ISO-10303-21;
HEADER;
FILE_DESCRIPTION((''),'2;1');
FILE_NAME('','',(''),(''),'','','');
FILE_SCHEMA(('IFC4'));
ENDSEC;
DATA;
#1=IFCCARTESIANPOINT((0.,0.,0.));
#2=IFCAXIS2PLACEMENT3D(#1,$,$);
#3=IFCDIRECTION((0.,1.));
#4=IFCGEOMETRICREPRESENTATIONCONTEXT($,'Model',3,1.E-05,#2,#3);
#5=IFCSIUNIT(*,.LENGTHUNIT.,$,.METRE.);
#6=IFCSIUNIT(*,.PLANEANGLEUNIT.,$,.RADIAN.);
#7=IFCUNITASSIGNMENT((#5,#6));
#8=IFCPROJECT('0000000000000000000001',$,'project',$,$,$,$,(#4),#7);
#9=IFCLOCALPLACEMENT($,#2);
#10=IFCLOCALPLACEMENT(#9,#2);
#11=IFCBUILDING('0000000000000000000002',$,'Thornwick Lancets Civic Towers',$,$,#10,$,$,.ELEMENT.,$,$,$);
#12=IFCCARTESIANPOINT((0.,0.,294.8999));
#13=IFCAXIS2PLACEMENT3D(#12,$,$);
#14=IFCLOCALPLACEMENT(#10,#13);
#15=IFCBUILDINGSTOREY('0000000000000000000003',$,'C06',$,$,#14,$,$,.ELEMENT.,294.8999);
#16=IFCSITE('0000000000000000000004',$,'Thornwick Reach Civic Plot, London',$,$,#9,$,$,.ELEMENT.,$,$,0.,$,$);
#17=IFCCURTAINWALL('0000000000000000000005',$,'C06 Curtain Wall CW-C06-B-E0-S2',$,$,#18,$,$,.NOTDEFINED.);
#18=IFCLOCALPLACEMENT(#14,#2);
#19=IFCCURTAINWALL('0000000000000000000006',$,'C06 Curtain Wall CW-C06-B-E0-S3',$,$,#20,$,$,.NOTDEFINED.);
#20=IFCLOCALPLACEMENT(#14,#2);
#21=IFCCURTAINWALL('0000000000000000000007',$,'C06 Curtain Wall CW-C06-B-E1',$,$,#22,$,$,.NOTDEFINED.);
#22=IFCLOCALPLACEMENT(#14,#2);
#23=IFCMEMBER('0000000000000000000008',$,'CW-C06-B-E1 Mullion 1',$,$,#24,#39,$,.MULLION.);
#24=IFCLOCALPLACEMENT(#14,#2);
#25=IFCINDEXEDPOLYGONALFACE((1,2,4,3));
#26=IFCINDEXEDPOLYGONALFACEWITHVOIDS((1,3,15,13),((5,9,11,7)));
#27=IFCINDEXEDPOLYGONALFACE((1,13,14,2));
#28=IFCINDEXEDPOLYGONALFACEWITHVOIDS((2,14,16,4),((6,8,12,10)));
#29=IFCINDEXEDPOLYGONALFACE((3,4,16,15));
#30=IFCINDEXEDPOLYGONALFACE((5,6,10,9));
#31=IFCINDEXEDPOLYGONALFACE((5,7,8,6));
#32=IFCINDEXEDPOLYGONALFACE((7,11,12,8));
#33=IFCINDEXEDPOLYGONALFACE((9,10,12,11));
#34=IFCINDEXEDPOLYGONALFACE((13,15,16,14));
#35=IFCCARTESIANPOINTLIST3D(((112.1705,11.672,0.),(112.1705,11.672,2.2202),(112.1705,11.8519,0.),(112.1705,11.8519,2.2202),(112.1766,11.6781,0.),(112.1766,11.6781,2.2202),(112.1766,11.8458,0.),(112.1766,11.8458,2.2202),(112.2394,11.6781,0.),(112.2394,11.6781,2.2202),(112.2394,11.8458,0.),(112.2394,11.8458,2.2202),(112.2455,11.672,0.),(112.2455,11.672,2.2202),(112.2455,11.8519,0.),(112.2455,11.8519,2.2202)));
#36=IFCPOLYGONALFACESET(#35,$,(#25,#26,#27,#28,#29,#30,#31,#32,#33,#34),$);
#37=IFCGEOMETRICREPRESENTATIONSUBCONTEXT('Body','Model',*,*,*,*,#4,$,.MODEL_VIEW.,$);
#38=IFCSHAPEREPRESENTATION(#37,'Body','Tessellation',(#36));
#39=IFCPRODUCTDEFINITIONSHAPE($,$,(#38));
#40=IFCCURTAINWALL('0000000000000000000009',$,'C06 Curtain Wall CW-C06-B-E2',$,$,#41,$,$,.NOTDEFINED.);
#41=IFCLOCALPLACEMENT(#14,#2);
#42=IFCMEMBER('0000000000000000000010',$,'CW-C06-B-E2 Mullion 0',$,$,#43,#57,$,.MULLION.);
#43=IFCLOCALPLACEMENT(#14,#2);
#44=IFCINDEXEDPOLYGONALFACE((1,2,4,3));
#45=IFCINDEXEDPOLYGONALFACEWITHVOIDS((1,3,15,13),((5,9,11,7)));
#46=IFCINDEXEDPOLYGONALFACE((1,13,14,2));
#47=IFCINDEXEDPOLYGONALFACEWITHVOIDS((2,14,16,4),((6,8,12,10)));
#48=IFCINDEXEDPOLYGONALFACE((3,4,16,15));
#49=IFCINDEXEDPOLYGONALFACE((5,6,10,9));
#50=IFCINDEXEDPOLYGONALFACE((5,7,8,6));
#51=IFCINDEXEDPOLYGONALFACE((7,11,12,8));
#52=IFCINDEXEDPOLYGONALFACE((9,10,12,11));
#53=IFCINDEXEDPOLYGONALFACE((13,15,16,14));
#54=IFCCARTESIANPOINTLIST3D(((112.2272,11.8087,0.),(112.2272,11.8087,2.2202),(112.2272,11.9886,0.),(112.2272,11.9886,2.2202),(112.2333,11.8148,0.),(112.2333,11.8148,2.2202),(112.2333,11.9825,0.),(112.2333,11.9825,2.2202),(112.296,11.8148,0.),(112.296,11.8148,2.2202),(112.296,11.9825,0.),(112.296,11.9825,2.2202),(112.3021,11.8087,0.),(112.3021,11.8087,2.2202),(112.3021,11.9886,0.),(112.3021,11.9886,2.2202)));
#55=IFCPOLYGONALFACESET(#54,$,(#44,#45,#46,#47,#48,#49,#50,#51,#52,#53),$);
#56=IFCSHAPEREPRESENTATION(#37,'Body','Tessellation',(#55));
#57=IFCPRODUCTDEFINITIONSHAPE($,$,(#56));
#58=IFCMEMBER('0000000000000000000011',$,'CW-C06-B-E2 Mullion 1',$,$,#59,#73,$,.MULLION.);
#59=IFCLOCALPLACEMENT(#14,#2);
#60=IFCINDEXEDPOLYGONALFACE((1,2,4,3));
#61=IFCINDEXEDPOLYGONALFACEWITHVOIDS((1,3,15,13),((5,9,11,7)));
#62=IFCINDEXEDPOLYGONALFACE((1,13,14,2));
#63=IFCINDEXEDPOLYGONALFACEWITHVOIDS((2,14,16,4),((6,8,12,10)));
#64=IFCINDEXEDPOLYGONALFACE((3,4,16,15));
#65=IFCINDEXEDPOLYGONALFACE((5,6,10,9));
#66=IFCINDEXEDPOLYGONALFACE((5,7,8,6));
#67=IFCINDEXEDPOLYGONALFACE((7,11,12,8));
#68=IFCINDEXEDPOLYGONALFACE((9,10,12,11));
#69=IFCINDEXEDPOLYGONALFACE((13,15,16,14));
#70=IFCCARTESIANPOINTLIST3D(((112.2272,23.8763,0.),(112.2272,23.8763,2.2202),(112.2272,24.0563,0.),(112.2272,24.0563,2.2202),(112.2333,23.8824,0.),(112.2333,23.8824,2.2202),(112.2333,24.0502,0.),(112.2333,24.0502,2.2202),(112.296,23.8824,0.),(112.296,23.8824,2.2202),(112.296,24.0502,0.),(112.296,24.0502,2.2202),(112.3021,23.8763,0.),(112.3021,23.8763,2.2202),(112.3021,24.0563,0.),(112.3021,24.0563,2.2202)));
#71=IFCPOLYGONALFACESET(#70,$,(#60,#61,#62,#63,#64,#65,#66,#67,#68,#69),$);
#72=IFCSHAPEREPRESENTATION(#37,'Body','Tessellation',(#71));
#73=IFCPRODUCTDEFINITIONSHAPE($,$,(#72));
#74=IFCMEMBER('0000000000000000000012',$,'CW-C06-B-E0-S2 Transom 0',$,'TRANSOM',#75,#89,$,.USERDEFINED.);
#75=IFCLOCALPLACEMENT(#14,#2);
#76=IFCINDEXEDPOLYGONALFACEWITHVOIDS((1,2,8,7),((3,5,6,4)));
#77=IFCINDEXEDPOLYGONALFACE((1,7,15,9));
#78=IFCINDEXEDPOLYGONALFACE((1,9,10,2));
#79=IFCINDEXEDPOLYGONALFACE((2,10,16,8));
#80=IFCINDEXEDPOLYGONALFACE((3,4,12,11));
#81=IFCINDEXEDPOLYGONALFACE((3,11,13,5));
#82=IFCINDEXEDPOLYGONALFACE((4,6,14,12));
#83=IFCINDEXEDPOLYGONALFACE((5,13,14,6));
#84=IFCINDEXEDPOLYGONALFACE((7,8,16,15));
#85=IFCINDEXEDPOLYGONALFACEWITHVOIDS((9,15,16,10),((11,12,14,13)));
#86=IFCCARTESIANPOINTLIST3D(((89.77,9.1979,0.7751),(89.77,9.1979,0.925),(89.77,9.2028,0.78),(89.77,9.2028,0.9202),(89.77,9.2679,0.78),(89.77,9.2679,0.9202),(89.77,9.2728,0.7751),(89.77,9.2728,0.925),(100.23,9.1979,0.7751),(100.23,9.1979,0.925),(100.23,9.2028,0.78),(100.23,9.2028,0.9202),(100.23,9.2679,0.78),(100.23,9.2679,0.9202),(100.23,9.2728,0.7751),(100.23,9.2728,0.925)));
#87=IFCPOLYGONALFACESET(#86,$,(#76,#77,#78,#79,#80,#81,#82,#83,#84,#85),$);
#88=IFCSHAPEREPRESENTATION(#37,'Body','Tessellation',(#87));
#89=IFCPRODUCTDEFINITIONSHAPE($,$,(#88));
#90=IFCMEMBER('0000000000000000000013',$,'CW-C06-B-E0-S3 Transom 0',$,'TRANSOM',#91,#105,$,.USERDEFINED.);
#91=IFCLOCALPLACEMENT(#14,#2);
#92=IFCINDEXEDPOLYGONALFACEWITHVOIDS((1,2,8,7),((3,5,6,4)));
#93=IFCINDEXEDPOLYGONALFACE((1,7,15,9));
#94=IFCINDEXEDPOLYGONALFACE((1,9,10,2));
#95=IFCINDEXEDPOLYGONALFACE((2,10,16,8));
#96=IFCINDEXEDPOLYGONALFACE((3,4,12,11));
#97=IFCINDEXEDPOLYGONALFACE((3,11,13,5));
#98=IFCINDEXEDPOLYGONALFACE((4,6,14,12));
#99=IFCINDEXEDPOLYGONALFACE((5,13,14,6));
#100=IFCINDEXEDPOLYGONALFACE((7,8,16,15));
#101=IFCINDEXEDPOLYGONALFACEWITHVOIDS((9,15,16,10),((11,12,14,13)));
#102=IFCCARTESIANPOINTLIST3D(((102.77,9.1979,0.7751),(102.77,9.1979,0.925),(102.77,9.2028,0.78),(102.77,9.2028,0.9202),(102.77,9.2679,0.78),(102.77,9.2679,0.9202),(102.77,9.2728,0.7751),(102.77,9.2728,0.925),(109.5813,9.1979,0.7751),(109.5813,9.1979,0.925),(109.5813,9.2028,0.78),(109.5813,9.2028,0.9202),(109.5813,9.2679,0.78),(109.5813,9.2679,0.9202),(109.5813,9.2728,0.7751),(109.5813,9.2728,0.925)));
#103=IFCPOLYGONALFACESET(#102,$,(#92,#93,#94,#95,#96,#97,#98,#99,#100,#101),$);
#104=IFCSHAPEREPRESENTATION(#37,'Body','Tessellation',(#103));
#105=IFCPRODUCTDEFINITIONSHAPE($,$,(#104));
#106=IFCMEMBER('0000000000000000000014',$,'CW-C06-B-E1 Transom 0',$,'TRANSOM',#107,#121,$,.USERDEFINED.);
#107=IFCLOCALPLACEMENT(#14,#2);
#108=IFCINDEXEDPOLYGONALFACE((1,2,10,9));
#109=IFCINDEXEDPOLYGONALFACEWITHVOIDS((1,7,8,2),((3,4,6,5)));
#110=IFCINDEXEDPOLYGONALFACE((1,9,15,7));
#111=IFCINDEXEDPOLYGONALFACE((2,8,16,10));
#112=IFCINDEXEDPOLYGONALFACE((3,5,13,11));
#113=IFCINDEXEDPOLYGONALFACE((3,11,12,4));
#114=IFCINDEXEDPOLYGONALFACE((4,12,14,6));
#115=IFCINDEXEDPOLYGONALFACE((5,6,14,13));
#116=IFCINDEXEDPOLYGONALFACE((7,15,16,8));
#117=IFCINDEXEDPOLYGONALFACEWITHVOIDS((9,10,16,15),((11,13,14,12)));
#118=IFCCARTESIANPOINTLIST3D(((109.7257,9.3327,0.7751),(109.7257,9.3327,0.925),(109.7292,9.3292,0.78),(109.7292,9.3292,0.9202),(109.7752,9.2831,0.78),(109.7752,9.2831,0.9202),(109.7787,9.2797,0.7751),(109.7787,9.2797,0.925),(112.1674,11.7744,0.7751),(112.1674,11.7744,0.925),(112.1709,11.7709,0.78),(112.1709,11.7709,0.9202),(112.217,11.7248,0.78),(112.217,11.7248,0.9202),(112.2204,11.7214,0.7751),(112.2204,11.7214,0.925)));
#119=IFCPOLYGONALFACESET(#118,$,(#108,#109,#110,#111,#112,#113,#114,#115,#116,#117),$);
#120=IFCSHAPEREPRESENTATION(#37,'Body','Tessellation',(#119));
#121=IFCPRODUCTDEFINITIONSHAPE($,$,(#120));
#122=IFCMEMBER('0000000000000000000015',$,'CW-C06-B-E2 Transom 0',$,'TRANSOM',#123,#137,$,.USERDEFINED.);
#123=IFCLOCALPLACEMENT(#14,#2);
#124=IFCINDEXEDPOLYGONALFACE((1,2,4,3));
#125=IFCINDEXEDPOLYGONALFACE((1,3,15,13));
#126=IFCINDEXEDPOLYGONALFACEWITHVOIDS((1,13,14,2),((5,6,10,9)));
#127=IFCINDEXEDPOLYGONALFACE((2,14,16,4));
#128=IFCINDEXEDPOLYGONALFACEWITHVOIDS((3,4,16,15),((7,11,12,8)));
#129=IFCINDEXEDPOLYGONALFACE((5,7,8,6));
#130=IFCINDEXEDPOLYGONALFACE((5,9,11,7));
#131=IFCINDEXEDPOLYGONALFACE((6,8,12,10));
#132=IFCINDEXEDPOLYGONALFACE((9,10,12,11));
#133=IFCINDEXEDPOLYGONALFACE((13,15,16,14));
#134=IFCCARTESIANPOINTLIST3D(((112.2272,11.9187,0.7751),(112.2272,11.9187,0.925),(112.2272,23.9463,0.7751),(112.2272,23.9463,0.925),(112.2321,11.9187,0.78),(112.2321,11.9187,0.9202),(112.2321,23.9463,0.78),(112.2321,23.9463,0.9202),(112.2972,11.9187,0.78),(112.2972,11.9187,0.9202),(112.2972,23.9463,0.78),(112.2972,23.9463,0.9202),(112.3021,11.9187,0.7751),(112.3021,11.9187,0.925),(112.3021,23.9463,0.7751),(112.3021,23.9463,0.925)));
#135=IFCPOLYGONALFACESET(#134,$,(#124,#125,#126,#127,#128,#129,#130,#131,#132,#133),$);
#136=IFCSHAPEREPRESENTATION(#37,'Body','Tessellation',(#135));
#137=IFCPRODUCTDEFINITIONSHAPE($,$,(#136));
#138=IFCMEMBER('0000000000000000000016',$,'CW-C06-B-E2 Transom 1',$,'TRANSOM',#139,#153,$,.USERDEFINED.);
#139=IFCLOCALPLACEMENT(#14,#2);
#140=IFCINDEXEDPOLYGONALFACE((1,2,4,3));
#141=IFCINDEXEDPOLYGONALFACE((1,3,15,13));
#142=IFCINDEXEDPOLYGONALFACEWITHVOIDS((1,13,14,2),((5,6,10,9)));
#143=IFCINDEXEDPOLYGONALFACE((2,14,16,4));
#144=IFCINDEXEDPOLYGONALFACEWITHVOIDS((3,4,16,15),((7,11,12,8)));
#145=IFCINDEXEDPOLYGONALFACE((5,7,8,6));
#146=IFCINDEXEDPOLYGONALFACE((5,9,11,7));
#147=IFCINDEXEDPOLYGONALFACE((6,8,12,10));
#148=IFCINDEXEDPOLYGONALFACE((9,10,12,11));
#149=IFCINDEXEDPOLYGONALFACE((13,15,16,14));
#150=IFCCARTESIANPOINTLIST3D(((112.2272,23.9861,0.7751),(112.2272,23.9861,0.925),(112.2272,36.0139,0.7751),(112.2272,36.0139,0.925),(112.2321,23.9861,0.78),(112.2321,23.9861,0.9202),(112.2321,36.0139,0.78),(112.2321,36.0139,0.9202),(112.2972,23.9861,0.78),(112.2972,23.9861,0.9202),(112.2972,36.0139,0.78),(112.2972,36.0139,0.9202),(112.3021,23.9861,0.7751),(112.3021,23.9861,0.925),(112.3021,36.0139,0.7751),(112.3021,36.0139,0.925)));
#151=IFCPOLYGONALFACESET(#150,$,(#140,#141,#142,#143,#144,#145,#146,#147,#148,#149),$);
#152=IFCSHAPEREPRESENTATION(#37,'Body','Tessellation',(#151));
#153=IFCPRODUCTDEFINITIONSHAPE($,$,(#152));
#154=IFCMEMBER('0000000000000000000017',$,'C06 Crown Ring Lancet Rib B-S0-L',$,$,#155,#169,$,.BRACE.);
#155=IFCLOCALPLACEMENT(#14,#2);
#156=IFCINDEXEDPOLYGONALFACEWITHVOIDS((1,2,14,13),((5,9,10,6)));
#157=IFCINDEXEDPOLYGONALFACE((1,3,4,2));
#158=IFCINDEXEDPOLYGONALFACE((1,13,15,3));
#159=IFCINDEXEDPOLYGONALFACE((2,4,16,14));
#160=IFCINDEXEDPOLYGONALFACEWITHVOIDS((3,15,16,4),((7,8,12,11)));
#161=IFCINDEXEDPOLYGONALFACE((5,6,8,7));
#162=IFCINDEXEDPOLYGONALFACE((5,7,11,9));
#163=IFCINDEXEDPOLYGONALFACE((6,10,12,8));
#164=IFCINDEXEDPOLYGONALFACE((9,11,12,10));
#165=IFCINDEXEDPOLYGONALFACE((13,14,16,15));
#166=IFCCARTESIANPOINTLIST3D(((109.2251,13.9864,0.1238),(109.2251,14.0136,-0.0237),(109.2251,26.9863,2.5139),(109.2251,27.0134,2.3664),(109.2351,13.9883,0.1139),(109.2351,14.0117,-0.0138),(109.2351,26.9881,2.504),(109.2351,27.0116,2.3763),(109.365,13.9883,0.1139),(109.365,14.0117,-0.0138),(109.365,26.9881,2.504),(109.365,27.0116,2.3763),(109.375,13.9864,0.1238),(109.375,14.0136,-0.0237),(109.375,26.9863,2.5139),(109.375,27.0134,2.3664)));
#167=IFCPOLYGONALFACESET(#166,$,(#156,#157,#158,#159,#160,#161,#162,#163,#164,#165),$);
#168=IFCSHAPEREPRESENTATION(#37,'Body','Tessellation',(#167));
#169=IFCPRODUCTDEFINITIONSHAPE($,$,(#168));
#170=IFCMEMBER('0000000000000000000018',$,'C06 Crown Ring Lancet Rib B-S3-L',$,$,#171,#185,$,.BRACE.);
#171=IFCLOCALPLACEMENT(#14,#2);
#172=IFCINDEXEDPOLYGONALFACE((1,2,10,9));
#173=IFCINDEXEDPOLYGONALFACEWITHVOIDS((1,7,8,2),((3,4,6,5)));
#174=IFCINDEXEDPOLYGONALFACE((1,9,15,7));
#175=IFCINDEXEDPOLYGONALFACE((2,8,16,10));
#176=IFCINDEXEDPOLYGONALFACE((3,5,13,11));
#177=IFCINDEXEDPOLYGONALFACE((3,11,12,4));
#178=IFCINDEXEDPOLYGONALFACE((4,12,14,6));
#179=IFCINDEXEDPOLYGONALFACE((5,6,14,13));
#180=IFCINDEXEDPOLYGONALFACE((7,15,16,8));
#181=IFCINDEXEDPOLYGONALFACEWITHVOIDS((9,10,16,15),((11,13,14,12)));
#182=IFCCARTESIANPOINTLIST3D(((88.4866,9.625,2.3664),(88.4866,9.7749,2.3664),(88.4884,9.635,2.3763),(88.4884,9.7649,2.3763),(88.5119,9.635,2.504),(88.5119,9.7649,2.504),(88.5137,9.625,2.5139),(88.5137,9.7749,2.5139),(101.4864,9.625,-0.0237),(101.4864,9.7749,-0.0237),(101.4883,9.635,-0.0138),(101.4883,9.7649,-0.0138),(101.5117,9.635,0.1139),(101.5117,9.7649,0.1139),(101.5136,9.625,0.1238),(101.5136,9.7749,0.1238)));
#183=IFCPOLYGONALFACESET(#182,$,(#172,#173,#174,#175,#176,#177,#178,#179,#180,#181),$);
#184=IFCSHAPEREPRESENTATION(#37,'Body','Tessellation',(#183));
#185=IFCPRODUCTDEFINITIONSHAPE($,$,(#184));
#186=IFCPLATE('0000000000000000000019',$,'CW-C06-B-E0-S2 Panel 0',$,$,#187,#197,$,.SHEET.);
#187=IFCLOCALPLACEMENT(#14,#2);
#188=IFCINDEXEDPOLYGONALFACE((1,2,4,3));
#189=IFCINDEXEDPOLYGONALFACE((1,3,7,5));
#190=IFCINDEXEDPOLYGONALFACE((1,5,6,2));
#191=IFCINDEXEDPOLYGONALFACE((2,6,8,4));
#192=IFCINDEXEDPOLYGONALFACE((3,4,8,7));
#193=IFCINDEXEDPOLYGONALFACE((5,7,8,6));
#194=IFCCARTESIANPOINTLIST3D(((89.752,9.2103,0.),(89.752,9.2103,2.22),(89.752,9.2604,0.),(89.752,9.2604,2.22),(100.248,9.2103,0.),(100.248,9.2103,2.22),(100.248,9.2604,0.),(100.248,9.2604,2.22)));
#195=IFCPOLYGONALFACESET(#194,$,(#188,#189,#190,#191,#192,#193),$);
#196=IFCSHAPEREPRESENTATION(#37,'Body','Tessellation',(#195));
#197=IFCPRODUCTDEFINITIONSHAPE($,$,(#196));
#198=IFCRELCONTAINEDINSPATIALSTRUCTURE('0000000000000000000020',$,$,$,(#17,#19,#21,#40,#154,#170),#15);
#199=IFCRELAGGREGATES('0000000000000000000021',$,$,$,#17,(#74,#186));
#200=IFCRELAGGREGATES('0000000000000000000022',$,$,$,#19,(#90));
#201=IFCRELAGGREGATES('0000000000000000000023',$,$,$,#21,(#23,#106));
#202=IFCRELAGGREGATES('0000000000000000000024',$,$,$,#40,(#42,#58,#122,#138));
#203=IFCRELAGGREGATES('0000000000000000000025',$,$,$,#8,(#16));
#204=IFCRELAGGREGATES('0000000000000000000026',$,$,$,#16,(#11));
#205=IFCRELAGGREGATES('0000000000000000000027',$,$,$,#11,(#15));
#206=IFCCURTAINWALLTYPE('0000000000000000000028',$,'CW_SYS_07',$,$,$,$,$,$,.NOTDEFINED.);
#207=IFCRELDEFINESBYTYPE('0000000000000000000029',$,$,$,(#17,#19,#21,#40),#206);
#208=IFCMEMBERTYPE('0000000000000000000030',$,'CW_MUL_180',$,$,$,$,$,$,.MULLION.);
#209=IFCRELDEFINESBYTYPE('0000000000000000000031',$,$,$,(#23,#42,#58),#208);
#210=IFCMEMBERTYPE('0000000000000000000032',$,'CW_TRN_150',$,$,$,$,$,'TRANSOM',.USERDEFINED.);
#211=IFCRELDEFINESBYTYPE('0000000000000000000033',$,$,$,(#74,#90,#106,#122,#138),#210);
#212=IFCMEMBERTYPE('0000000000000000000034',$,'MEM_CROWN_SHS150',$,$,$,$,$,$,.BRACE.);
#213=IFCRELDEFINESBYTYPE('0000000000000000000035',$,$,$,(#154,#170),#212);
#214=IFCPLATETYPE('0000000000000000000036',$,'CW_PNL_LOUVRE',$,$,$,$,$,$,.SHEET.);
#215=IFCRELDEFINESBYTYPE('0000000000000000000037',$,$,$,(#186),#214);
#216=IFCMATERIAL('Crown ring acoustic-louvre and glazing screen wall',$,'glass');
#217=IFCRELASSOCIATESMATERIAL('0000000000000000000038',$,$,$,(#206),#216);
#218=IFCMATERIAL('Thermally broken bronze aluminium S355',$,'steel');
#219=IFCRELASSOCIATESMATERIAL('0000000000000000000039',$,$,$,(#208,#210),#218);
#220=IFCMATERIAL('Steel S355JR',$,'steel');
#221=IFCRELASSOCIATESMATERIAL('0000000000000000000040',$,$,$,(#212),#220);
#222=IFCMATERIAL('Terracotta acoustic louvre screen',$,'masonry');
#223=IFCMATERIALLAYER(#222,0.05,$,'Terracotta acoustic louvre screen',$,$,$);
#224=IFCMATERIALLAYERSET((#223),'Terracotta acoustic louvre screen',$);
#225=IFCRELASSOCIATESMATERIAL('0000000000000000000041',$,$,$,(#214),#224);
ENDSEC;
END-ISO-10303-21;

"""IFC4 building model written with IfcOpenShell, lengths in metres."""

from ifc_helpers import new_model, si_unit, direction, frame, origin, origin_2d, place, context, subcontext, project, spatial, rectangle, hollow_rectangle, extrude, material, layer, layer_set, material_profile, profile_set, type_object, element, aggregate, save


model = new_model("IFC4")

# Units and contexts
model_context = context("Model", 3, precision=1e-05, world=origin(), true_north=direction((0.0, 1.0)))
body_context = subcontext(model_context, "Body", "Model", "MODEL_VIEW")
ifc_project = project(units=[si_unit("LENGTHUNIT", "METRE"), si_unit("PLANEANGLEUNIT", "RADIAN")], contexts=[model_context])

# Site, building, storey
site_placement = place(None, origin())
site = spatial("IfcSite", under=ifc_project, at=site_placement, Name="Thornwick Reach Civic Plot, London", CompositionType="ELEMENT", RefElevation=0.0)
building_placement = place(site_placement, origin())
building = spatial("IfcBuilding", under=site, at=building_placement, Name="Thornwick Lancets Civic Towers", CompositionType="ELEMENT")
storey_placement = place(building_placement, frame((0.0, 0.0, 294.8999)))
storey = spatial("IfcBuildingStorey", under=building, at=storey_placement, Name="C06", CompositionType="ELEMENT", Elevation=294.8999)

# Shared definitions
ifc_material_1 = material(Name="Steel S355JR", Category="steel")

# Curtain walls, members
ifc_material_2 = material(Name="Crown ring acoustic-louvre and glazing screen wall", Category="glass")
curtain_wall_type = type_object("IfcCurtainWallType", Name="CW_SYS_07", PredefinedType="NOTDEFINED", material=ifc_material_2)
curtain_wall_1_placement = place(storey_placement, origin())
curtain_wall_1 = element("IfcCurtainWall", 1, at=curtain_wall_1_placement, inside=storey, type_object=curtain_wall_type, Name="C06 Curtain Wall CW-C06-B-E0-S2", PredefinedType="NOTDEFINED")
ifc_material_3 = material(Name="Thermally broken bronze aluminium S355", Category="steel")
ifc_material_profile_1 = material_profile(ifc_material_3, hollow_rectangle(XDim=0.075, YDim=0.1799, WallThickness=0.0061, at=origin_2d()), Name="RHS 180x75x6")
ifc_profile_set_1 = profile_set([ifc_material_profile_1], Name="Thermally broken bronze aluminium S355")
member_type_1 = type_object("IfcMemberType", Name="CW_MUL_180", PredefinedType="MULLION", material=ifc_profile_set_1)
curtain_wall_2_placement = place(storey_placement, origin())
curtain_wall_2 = element("IfcCurtainWall", 2, at=curtain_wall_2_placement, inside=storey, type_object=curtain_wall_type, Name="C06 Curtain Wall CW-C06-B-E0-S3", PredefinedType="NOTDEFINED")
curtain_wall_3_placement = place(storey_placement, origin())
curtain_wall_3 = element("IfcCurtainWall", 3, at=curtain_wall_3_placement, inside=storey, type_object=curtain_wall_type, Name="C06 Curtain Wall CW-C06-B-E1", PredefinedType="NOTDEFINED")
member_1_placement = place(storey_placement, frame((112.208, 11.762, 0.0), z_axis=(0.0, 0.0, 1.0), x_axis=(1.0, 0.0, 0.0)))
member_1 = element("IfcMember", 4, at=member_1_placement, type_object=member_type_1, Name="CW-C06-B-E1 Mullion 1", PredefinedType="MULLION", context=body_context, shape_type="SweptSolid", body=[
    extrude(hollow_rectangle(XDim=0.075, YDim=0.1799, WallThickness=0.0061, at=origin_2d()), origin(), (0.0, 0.0, 1.0), 2.2202),
])
curtain_wall_4_placement = place(storey_placement, origin())
curtain_wall_4 = element("IfcCurtainWall", 5, at=curtain_wall_4_placement, inside=storey, type_object=curtain_wall_type, Name="C06 Curtain Wall CW-C06-B-E2", PredefinedType="NOTDEFINED")
member_2_placement = place(storey_placement, frame((112.2646, 11.8987, 0.0), z_axis=(0.0, 0.0, 1.0), x_axis=(1.0, 0.0, 0.0)))
member_2 = element("IfcMember", 6, at=member_2_placement, type_object=member_type_1, Name="CW-C06-B-E2 Mullion 0", PredefinedType="MULLION", context=body_context, shape_type="SweptSolid", body=[
    extrude(hollow_rectangle(XDim=0.075, YDim=0.1799, WallThickness=0.0061, at=origin_2d()), origin(), (0.0, 0.0, 1.0), 2.2202),
])
member_3_placement = place(storey_placement, frame((112.2646, 23.9663, 0.0), z_axis=(0.0, 0.0, 1.0), x_axis=(1.0, 0.0, 0.0)))
member_3 = element("IfcMember", 7, at=member_3_placement, type_object=member_type_1, Name="CW-C06-B-E2 Mullion 1", PredefinedType="MULLION", context=body_context, shape_type="SweptSolid", body=[
    extrude(hollow_rectangle(XDim=0.075, YDim=0.1799, WallThickness=0.0061, at=origin_2d()), origin(), (0.0, 0.0, 1.0), 2.2202),
])

# Members
ifc_material_profile_2 = material_profile(ifc_material_3, hollow_rectangle(XDim=0.075, YDim=0.1499, WallThickness=0.0049, at=origin_2d()), Name="RHS 150x75x5")
ifc_profile_set_2 = profile_set([ifc_material_profile_2], Name="Thermally broken bronze aluminium S355")
member_type_2 = type_object("IfcMemberType", Name="CW_TRN_150", ElementType="TRANSOM", PredefinedType="USERDEFINED", material=ifc_profile_set_2)
member_4_placement = place(storey_placement, frame((89.77, 9.2354, 0.8501), z_axis=(1.0, 0.0, 0.0), x_axis=(0.0, 1.0, 0.0)))
member_4 = element("IfcMember", 8, at=member_4_placement, type_object=member_type_2, Name="CW-C06-B-E0-S2 Transom 0", ObjectType="TRANSOM", PredefinedType="USERDEFINED", context=body_context, shape_type="SweptSolid", body=[
    extrude(hollow_rectangle(XDim=0.075, YDim=0.1499, WallThickness=0.0049, at=origin_2d()), origin(), (0.0, 0.0, 1.0), 10.46),
])
member_5_placement = place(storey_placement, frame((102.77, 9.2354, 0.8501), z_axis=(1.0, 0.0, 0.0), x_axis=(0.0, 1.0, 0.0)))
member_5 = element("IfcMember", 9, at=member_5_placement, type_object=member_type_2, Name="CW-C06-B-E0-S3 Transom 0", ObjectType="TRANSOM", PredefinedType="USERDEFINED", context=body_context, shape_type="SweptSolid", body=[
    extrude(hollow_rectangle(XDim=0.075, YDim=0.1499, WallThickness=0.0049, at=origin_2d()), origin(), (0.0, 0.0, 1.0), 6.8113),
])
member_6_placement = place(storey_placement, frame((109.7522, 9.3062, 0.8501), z_axis=(0.707107, 0.707107, 0.0), x_axis=(-0.707107, 0.707107, 0.0)))
member_6 = element("IfcMember", 10, at=member_6_placement, type_object=member_type_2, Name="CW-C06-B-E1 Transom 0", ObjectType="TRANSOM", PredefinedType="USERDEFINED", context=body_context, shape_type="SweptSolid", body=[
    extrude(hollow_rectangle(XDim=0.075, YDim=0.1499, WallThickness=0.0049, at=origin_2d()), origin(), (0.0, 0.0, 1.0), 3.4531),
])
member_7_placement = place(storey_placement, frame((112.2646, 11.9187, 0.8501), z_axis=(0.0, 1.0, 0.0), x_axis=(-1.0, 0.0, 0.0)))
member_7 = element("IfcMember", 11, at=member_7_placement, type_object=member_type_2, Name="CW-C06-B-E2 Transom 0", ObjectType="TRANSOM", PredefinedType="USERDEFINED", context=body_context, shape_type="SweptSolid", body=[
    extrude(hollow_rectangle(XDim=0.075, YDim=0.1499, WallThickness=0.0049, at=origin_2d()), origin(), (0.0, 0.0, 1.0), 12.0276),
])
member_8_placement = place(storey_placement, frame((112.2646, 23.9861, 0.8501), z_axis=(0.0, 1.0, 0.0), x_axis=(-1.0, 0.0, 0.0)))
member_8 = element("IfcMember", 12, at=member_8_placement, type_object=member_type_2, Name="CW-C06-B-E2 Transom 1", ObjectType="TRANSOM", PredefinedType="USERDEFINED", context=body_context, shape_type="SweptSolid", body=[
    extrude(hollow_rectangle(XDim=0.075, YDim=0.1499, WallThickness=0.0049, at=origin_2d()), origin(), (0.0, 0.0, 1.0), 12.0278),
])

# Members
ifc_material_profile_3 = material_profile(ifc_material_1, hollow_rectangle(XDim=0.1499, YDim=0.1499, WallThickness=0.01, at=origin_2d()), Name="SHS 150x150x10")
ifc_profile_set_3 = profile_set([ifc_material_profile_3], Name="Steel S355JR")
member_type_3 = type_object("IfcMemberType", Name="MEM_CROWN_SHS150", PredefinedType="BRACE", material=ifc_profile_set_3)
for number, where, z_axis, x_axis, name in (
    (13, (109.3, 14.0, 0.05), (0.0, 0.983515, 0.180826), (-1.0, 0.0, 0.0), "C06 Crown Ring Lancet Rib B-S0-L"),
    (14, (101.5, 9.7, 0.05), (-0.983515, 0.0, 0.180826), (0.0, -1.0, 0.0), "C06 Crown Ring Lancet Rib B-S3-L"),
):
    element("IfcMember", number, at=place(storey_placement, frame(where, z_axis=z_axis, x_axis=x_axis)), inside=storey, type_object=member_type_3, Name=name, PredefinedType="BRACE", context=body_context, shape_type="SweptSolid", body=[
        extrude(hollow_rectangle(XDim=0.1499, YDim=0.1499, WallThickness=0.01, at=origin_2d()), origin(), (0.0, 0.0, 1.0), 13.2178),
    ])

# Plate
ifc_material_4 = material(Name="Terracotta acoustic louvre screen", Category="masonry")
ifc_layer_1 = layer(ifc_material_4, 0.05, Name="Terracotta acoustic louvre screen")
ifc_layer_set_1 = layer_set([ifc_layer_1], Name="Terracotta acoustic louvre screen")
plate_type_1 = type_object("IfcPlateType", Name="CW_PNL_LOUVRE", PredefinedType="SHEET", material=ifc_layer_set_1)
plate_1_placement = place(storey_placement, frame((95.0, 9.2354, 0.0), z_axis=(0.0, 0.0, 1.0), x_axis=(1.0, 0.0, 0.0)))
plate_1 = element("IfcPlate", 15, at=plate_1_placement, type_object=plate_type_1, Name="CW-C06-B-E0-S2 Panel 0", PredefinedType="SHEET", context=body_context, shape_type="SweptSolid", body=[
    extrude(rectangle(XDim=10.4961, YDim=0.05, at=origin_2d()), origin(), (0.0, 0.0, 1.0), 2.22),
])
aggregate(curtain_wall_1, [member_4, plate_1])
aggregate(curtain_wall_2, [member_5])
aggregate(curtain_wall_3, [member_1, member_6])
aggregate(curtain_wall_4, [member_2, member_3, member_7, member_8])

save(model, "model.ifc")
